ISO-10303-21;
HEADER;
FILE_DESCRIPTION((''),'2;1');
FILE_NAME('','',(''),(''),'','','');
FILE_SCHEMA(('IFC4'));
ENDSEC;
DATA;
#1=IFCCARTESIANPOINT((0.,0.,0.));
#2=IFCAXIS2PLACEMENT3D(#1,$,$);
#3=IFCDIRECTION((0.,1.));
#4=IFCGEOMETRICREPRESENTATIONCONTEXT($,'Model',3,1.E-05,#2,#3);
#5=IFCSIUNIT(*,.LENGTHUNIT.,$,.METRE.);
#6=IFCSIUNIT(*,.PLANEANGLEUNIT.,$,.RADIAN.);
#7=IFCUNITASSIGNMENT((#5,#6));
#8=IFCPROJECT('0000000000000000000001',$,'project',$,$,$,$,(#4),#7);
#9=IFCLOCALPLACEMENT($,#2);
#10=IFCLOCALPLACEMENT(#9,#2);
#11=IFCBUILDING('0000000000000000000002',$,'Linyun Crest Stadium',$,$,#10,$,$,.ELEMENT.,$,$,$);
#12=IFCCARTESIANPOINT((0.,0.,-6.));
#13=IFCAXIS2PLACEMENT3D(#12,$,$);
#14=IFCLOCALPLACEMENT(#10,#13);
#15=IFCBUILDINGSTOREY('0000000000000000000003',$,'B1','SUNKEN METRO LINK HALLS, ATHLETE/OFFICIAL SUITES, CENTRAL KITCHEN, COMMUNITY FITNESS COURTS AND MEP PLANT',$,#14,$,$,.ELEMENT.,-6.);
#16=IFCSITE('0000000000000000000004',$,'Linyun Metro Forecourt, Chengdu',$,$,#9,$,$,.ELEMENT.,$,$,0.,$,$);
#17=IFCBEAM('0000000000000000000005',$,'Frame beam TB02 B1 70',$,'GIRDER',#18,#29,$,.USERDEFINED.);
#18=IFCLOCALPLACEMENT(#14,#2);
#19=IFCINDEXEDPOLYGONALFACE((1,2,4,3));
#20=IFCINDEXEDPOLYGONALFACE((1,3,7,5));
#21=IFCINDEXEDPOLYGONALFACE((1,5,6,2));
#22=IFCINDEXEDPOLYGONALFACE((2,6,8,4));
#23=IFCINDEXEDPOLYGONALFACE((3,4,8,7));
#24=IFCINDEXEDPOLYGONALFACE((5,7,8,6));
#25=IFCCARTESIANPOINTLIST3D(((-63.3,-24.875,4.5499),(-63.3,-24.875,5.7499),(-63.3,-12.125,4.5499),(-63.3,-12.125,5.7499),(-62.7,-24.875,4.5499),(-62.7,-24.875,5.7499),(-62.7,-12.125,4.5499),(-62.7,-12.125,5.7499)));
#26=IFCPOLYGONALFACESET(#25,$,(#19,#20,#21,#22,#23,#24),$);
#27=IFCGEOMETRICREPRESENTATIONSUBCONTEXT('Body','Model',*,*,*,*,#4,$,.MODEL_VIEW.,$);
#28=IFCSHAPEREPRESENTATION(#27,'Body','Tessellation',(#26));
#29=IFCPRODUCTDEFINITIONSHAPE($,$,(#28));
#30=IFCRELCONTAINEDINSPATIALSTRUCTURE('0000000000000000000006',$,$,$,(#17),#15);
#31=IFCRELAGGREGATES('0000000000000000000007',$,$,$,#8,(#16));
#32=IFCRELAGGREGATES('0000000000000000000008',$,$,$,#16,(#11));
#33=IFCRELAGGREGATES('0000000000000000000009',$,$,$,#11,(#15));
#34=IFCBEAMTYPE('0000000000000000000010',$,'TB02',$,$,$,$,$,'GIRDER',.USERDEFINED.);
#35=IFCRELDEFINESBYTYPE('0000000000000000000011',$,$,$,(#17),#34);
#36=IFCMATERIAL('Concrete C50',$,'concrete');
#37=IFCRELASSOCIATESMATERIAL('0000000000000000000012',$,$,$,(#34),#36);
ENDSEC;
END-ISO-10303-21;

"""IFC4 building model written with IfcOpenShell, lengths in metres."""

from ifc_helpers import new_model, si_unit, direction, frame, origin, origin_2d, place, context, subcontext, project, spatial, rectangle, extrude, material, material_profile, profile_set, type_object, element, save


model = new_model("IFC4")

# Units and contexts
model_context = context("Model", 3, precision=1e-05, world=origin(), true_north=direction((0.0, 1.0)))
body_context = subcontext(model_context, "Body", "Model", "MODEL_VIEW")
ifc_project = project(units=[si_unit("LENGTHUNIT", "METRE"), si_unit("PLANEANGLEUNIT", "RADIAN")], contexts=[model_context])

# Site, building, storey
site_placement = place(None, origin())
site = spatial("IfcSite", under=ifc_project, at=site_placement, Name="Linyun Metro Forecourt, Chengdu", CompositionType="ELEMENT", RefElevation=0.0)
building_placement = place(site_placement, origin())
building = spatial("IfcBuilding", under=site, at=building_placement, Name="Linyun Crest Stadium", CompositionType="ELEMENT")
storey_placement = place(building_placement, frame((0.0, 0.0, -6.0)))
storey = spatial("IfcBuildingStorey", under=building, at=storey_placement, Name="B1", Description="SUNKEN METRO LINK HALLS, ATHLETE/OFFICIAL SUITES, CENTRAL KITCHEN, COMMUNITY FITNESS COURTS AND MEP PLANT", CompositionType="ELEMENT", Elevation=-6.0)

# Beam
ifc_material_1 = material(Name="Concrete C50", Category="concrete")
ifc_material_profile_1 = material_profile(ifc_material_1, rectangle(XDim=0.6001, YDim=1.2, at=origin_2d()), Name="RCB 1200x600")
ifc_profile_set_1 = profile_set([ifc_material_profile_1], Name="Concrete C50")
beam_type_1 = type_object("IfcBeamType", Name="TB02", ElementType="GIRDER", PredefinedType="USERDEFINED", material=ifc_profile_set_1)
beam_1_placement = place(storey_placement, frame((-63.0, -24.875, 5.1499), z_axis=(0.0, 1.0, 0.0), x_axis=(-1.0, 0.0, 0.0)))
element("IfcBeam", 1, at=beam_1_placement, inside=storey, type_object=beam_type_1, Name="Frame beam TB02 B1 70", ObjectType="GIRDER", PredefinedType="USERDEFINED", context=body_context, shape_type="SweptSolid", body=[
    extrude(rectangle(XDim=0.6001, YDim=1.2, at=origin_2d()), origin(), (0.0, 0.0, 1.0), 12.75),
])

save(model, "model.ifc")
